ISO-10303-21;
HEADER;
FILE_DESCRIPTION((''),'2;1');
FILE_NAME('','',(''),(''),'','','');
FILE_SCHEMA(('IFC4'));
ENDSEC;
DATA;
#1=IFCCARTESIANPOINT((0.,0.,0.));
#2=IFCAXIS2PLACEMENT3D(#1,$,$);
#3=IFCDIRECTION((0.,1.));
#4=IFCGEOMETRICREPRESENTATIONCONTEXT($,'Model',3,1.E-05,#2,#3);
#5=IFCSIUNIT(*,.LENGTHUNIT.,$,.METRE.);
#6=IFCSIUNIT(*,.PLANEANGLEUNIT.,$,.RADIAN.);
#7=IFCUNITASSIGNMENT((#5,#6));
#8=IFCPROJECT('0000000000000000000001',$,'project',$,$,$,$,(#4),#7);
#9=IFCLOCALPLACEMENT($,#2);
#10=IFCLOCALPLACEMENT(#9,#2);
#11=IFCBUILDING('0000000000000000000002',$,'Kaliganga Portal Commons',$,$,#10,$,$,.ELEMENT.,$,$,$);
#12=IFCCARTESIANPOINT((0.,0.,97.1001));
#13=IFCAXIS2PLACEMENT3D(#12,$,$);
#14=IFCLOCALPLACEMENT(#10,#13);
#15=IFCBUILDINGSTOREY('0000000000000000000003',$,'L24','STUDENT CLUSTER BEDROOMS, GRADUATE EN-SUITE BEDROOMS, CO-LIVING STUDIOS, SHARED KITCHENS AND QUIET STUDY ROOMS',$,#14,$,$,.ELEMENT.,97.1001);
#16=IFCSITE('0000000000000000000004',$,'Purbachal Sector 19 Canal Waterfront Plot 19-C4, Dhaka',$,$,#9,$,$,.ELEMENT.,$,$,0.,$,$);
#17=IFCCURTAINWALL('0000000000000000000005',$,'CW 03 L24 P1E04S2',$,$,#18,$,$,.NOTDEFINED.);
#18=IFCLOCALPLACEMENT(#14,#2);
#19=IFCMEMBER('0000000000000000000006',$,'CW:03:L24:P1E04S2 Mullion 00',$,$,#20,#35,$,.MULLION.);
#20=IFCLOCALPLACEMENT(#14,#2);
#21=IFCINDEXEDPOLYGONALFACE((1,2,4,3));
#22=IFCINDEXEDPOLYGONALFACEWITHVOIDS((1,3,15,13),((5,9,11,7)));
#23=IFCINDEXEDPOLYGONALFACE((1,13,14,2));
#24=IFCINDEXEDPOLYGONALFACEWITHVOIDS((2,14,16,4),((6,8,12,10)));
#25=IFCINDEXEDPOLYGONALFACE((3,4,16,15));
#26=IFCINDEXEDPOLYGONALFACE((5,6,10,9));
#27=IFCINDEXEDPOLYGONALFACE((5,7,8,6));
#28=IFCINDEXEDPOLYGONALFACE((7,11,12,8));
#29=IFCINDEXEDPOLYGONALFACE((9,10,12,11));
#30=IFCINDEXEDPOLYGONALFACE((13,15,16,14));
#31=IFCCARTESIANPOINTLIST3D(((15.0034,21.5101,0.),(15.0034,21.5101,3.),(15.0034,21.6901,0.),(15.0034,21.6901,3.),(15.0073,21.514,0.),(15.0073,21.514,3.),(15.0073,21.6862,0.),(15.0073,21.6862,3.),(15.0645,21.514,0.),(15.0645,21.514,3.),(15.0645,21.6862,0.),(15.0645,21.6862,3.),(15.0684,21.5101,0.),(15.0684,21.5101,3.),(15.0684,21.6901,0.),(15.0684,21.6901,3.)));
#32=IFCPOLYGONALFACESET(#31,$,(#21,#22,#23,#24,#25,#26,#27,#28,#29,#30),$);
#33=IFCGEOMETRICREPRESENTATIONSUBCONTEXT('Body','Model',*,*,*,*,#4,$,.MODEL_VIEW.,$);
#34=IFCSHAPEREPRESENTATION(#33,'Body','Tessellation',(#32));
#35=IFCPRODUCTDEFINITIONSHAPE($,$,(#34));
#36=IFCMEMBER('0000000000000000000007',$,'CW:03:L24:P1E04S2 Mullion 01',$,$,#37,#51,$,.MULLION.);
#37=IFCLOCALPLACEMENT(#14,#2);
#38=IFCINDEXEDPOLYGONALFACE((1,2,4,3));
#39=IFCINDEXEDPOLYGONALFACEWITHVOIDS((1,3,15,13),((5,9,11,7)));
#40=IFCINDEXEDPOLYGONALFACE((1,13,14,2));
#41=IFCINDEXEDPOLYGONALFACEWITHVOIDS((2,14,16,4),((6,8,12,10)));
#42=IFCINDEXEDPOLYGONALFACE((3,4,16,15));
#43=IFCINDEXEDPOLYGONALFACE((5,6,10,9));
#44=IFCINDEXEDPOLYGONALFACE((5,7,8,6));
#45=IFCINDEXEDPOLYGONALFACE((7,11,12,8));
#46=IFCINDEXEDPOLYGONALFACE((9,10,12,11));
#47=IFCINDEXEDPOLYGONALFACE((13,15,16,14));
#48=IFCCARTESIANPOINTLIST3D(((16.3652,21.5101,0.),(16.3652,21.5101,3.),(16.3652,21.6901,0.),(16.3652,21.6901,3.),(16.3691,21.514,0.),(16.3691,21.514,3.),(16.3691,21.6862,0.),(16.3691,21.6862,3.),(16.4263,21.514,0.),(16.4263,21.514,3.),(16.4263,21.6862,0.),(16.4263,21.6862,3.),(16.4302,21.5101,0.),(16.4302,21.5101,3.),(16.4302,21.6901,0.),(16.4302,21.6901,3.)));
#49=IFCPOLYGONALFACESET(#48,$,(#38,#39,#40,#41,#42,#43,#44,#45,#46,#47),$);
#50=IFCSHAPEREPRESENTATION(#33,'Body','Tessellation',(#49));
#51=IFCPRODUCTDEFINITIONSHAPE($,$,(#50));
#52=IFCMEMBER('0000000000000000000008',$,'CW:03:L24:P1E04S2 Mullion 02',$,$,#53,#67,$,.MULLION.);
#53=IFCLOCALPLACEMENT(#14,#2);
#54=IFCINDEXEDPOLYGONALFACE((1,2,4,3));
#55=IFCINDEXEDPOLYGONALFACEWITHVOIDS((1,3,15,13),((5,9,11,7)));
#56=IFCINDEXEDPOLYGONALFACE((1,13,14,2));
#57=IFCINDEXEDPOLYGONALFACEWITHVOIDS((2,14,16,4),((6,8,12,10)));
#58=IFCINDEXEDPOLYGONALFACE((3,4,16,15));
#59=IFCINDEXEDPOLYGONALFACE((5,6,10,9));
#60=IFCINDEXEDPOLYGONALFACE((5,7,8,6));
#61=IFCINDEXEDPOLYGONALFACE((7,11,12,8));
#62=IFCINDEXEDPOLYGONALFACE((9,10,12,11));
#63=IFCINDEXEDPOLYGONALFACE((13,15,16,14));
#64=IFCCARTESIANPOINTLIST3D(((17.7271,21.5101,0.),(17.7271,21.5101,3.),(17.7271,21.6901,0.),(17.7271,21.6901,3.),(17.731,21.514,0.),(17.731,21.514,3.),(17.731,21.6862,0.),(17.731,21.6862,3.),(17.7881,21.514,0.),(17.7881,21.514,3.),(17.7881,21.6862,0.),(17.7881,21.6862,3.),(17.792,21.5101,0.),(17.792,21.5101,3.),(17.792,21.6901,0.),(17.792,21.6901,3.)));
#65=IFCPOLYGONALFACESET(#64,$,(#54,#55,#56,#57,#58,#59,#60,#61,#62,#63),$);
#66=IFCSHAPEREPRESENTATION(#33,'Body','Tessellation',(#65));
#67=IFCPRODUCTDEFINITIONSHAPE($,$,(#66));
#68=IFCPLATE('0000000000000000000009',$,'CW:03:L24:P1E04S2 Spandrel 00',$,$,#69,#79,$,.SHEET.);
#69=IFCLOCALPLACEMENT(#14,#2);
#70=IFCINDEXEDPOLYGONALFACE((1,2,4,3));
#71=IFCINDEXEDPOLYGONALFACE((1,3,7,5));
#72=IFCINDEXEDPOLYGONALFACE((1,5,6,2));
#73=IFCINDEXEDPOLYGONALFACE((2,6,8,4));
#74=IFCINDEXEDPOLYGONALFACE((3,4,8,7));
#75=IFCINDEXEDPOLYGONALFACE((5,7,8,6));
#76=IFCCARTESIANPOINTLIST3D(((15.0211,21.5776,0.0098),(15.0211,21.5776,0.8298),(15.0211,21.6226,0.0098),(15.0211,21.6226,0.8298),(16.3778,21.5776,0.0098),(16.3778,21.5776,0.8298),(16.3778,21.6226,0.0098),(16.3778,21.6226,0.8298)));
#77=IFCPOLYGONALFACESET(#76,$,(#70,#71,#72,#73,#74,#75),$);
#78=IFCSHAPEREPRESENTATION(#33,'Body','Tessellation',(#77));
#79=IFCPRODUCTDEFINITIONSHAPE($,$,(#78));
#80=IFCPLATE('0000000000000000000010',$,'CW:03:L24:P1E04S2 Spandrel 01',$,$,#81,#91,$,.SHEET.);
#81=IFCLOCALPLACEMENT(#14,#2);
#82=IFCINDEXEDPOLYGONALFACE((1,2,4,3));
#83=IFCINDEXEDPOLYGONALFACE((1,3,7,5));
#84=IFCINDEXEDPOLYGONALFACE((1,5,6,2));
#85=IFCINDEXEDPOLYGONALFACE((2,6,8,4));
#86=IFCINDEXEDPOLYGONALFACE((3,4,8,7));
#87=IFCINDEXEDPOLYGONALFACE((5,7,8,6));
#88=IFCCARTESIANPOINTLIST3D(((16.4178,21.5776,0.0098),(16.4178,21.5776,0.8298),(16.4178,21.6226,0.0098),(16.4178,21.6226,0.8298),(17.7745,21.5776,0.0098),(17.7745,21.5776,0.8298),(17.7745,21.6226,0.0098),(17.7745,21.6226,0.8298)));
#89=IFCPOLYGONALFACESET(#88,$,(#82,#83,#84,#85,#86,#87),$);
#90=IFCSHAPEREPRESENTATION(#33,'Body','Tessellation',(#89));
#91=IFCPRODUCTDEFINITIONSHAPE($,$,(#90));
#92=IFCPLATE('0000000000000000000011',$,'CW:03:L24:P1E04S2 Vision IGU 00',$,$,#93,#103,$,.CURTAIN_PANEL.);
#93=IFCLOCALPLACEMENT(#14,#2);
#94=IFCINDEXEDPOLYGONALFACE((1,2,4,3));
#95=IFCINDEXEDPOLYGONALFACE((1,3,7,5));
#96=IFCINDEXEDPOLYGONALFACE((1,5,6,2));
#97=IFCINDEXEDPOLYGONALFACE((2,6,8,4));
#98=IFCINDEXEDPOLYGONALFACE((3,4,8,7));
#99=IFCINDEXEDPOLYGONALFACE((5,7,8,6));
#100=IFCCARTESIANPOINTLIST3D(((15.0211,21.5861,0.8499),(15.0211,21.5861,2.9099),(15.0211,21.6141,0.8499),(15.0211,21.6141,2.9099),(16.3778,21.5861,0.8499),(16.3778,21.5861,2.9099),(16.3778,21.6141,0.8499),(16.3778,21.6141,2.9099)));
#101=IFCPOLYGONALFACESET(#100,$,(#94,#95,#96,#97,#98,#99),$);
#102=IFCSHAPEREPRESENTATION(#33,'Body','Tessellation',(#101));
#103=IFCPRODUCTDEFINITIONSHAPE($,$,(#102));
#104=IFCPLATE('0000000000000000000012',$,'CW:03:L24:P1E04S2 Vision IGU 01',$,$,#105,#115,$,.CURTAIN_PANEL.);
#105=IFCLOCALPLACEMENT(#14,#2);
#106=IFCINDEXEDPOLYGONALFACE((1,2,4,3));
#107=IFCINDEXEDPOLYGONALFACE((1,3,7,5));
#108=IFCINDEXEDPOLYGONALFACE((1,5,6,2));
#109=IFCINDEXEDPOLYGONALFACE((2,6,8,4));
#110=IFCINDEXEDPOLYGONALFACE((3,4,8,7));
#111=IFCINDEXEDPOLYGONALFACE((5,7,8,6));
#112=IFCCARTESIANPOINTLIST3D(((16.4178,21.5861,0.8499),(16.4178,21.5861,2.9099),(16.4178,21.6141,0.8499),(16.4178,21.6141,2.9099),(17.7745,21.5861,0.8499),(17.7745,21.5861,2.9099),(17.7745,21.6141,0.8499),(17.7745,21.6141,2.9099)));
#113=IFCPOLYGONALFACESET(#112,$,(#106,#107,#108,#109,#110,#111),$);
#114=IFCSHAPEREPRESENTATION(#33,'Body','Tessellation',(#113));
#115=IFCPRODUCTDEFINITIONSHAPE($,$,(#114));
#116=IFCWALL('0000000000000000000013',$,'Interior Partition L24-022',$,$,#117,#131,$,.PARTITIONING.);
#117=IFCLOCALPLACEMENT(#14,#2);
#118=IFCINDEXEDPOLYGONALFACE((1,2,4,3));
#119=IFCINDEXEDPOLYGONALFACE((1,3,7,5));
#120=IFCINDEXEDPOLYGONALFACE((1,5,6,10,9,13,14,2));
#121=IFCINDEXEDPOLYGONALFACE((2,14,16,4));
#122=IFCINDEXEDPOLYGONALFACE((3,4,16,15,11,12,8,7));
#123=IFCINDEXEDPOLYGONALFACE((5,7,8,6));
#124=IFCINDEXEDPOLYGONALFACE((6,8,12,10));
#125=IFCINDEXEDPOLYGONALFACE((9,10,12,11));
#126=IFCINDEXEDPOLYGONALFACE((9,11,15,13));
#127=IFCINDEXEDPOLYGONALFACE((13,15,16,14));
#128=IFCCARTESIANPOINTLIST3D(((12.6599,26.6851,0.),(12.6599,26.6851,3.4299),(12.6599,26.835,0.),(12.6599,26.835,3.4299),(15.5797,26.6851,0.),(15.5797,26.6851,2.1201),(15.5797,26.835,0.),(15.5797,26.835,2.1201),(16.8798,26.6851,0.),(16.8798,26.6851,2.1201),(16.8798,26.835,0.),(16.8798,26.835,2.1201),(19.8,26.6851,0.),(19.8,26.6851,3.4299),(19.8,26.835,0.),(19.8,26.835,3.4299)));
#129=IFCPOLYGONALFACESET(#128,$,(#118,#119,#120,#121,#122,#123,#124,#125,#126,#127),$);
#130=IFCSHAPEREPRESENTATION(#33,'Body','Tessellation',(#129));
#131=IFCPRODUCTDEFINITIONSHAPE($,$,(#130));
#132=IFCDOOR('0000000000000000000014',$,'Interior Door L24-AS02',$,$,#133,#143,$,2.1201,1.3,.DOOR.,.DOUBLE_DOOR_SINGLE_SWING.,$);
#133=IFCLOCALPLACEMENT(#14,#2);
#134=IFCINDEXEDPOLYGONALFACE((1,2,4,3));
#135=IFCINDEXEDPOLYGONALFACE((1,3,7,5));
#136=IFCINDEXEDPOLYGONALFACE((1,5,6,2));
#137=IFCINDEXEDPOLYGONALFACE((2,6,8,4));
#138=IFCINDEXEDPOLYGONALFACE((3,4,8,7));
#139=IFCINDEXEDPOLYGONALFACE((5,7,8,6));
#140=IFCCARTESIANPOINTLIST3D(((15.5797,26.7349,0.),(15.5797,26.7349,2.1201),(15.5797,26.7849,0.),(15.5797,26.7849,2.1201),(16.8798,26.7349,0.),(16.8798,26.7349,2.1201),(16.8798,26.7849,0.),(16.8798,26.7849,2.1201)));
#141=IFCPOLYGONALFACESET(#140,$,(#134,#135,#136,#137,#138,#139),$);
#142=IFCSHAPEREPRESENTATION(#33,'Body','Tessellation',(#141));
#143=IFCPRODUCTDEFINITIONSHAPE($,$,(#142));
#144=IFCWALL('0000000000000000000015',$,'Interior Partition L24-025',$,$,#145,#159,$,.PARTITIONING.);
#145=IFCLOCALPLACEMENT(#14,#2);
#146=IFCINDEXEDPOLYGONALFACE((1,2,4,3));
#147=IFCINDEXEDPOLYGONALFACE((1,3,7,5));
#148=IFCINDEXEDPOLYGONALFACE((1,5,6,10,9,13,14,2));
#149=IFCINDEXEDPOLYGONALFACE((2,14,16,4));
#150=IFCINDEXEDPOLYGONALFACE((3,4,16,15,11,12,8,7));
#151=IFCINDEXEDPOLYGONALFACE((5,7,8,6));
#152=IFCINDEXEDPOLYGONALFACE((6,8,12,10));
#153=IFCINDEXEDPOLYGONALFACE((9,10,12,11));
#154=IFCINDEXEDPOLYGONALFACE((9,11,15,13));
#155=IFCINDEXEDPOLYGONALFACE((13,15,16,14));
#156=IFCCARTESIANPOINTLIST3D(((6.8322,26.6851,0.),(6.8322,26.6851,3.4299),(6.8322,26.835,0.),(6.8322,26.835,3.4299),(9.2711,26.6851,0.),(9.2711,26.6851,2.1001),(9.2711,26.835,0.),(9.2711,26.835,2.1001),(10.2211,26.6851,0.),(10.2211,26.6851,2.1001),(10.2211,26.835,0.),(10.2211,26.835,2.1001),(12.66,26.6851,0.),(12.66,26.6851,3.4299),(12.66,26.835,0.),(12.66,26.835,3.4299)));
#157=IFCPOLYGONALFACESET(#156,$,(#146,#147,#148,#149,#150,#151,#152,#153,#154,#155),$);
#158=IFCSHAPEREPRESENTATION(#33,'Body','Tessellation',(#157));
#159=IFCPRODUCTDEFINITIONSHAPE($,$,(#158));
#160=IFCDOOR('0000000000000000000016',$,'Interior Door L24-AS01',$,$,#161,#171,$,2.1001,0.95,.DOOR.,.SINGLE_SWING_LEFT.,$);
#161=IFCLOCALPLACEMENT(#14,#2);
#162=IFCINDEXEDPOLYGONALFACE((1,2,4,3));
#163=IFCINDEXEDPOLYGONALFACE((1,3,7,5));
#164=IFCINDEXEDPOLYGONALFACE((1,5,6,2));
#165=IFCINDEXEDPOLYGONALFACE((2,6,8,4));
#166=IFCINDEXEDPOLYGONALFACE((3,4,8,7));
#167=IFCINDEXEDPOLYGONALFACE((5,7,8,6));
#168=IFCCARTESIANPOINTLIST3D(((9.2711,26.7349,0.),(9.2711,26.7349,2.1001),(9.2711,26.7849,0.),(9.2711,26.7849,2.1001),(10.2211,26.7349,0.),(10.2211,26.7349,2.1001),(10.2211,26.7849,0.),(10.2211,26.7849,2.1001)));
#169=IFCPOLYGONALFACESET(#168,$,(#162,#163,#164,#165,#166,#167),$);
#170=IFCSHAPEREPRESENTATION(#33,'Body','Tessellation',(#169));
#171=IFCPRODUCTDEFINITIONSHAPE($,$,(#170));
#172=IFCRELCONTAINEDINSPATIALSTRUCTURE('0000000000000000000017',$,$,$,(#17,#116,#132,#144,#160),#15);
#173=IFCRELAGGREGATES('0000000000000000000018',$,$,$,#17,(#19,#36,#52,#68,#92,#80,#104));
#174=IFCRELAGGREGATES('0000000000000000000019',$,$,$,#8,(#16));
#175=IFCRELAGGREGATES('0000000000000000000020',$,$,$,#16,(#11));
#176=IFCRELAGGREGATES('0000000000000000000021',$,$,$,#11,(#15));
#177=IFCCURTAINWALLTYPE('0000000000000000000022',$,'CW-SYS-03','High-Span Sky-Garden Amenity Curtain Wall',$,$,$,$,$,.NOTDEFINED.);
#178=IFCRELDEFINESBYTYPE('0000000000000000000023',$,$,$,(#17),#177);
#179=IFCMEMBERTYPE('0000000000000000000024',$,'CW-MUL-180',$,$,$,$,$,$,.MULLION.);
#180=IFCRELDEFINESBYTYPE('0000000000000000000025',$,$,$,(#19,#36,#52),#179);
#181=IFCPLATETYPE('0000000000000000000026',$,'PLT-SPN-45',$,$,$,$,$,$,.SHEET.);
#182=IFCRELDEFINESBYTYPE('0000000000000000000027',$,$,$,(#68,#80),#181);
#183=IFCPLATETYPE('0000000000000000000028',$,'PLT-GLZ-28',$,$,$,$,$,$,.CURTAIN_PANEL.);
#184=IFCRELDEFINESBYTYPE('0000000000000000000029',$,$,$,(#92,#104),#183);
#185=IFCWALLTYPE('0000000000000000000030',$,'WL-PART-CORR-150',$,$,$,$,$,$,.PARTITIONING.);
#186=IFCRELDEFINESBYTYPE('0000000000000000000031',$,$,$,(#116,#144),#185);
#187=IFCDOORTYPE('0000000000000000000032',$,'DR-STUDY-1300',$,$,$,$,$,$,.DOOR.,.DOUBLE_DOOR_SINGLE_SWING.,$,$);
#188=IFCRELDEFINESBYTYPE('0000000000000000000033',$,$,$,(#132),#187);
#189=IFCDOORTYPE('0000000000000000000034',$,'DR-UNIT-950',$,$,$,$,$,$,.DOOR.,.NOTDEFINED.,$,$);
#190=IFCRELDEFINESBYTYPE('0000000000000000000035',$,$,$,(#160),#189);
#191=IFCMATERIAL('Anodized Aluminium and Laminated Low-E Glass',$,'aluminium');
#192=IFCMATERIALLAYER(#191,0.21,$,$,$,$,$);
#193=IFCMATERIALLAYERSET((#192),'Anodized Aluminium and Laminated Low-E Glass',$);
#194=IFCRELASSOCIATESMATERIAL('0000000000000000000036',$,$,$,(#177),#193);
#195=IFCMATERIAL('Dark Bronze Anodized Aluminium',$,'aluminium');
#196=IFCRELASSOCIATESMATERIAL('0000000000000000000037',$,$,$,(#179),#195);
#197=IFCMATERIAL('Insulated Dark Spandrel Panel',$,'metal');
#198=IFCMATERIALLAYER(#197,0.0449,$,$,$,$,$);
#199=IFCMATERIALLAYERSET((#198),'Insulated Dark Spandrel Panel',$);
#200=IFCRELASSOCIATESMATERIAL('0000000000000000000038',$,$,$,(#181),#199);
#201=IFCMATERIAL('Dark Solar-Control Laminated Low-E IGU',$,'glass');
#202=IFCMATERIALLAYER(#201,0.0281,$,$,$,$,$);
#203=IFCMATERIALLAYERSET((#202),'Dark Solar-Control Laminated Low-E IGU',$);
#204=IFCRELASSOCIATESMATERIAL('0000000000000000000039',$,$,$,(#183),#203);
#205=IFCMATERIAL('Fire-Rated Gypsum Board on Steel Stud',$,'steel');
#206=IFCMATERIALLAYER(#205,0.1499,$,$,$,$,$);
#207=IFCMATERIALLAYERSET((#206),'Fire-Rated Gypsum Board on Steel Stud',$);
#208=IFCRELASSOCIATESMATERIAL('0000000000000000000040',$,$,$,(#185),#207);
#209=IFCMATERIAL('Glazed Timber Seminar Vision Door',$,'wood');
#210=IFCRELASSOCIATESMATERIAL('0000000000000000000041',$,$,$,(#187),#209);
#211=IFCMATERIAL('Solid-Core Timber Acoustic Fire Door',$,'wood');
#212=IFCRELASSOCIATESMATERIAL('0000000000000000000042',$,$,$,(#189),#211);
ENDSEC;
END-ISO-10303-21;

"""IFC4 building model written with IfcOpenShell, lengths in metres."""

from ifc_helpers import new_model, si_unit, direction, frame, frame_2d, origin, origin_2d, place, context, subcontext, project, spatial, rectangle, hollow_rectangle, extrude, source, transform, mapped, material, layer, layer_set, material_profile, profile_set, type_object, element, fill, aggregate, save


model = new_model("IFC4")

# Units and contexts
model_context = context("Model", 3, precision=1e-05, world=origin(), true_north=direction((0.0, 1.0)))
body_context = subcontext(model_context, "Body", "Model", "MODEL_VIEW")
ifc_project = project(units=[si_unit("LENGTHUNIT", "METRE"), si_unit("PLANEANGLEUNIT", "RADIAN")], contexts=[model_context])

# Site, building, storey
site_placement = place(None, origin())
site = spatial("IfcSite", under=ifc_project, at=site_placement, Name="Purbachal Sector 19 Canal Waterfront Plot 19-C4, Dhaka", CompositionType="ELEMENT", RefElevation=0.0)
building_placement = place(site_placement, origin())
building = spatial("IfcBuilding", under=site, at=building_placement, Name="Kaliganga Portal Commons", CompositionType="ELEMENT")
storey_placement = place(building_placement, frame((0.0, 0.0, 97.1001)))
storey = spatial("IfcBuildingStorey", under=building, at=storey_placement, Name="L24", Description="STUDENT CLUSTER BEDROOMS, GRADUATE EN-SUITE BEDROOMS, CO-LIVING STUDIOS, SHARED KITCHENS AND QUIET STUDY ROOMS", CompositionType="ELEMENT", Elevation=97.1001)

# Shared definitions
ifc_material_1 = material(Name="Anodized Aluminium and Laminated Low-E Glass", Category="aluminium")
ifc_layer_1 = layer(ifc_material_1, 0.21)
ifc_layer_set_1 = layer_set([ifc_layer_1], Name="Anodized Aluminium and Laminated Low-E Glass")
curtain_wall_type = type_object("IfcCurtainWallType", Name="CW-SYS-03", Description="High-Span Sky-Garden Amenity Curtain Wall", PredefinedType="NOTDEFINED", material=ifc_layer_set_1)
ifc_material_2 = material(Name="Dark Bronze Anodized Aluminium", Category="aluminium")
ifc_material_profile_1 = material_profile(ifc_material_2, hollow_rectangle(XDim=0.0649, YDim=0.1799, WallThickness=0.0039, at=origin_2d()), Name="ALU MULL 65x180x4")
ifc_profile_set_1 = profile_set([ifc_material_profile_1], Name="Dark Bronze Anodized Aluminium")
member_type_1 = type_object("IfcMemberType", Name="CW-MUL-180", PredefinedType="MULLION", material=ifc_profile_set_1)

# Curtain wall, members, plates
curtain_wall_1_placement = place(storey_placement, origin())
curtain_wall_1 = element("IfcCurtainWall", 1, at=curtain_wall_1_placement, inside=storey, type_object=curtain_wall_type, Name="CW 03 L24 P1E04S2", PredefinedType="NOTDEFINED")
shared_shape_1 = source(origin(), body_context, "Body", "SweptSolid", [
    extrude(hollow_rectangle(XDim=0.0649, YDim=0.1799, WallThickness=0.0039, at=origin_2d()), origin(), (0.0, 0.0, 1.0), 3.0),
])
member_1_placement = place(storey_placement, frame((15.0359, 21.6001, 0.0), z_axis=(0.0, 0.0, 1.0), x_axis=(1.0, 0.0, 0.0)))
member_1 = element("IfcMember", 2, at=member_1_placement, type_object=member_type_1, Name="CW:03:L24:P1E04S2 Mullion 00", PredefinedType="MULLION", context=body_context, shape_type="MappedRepresentation", body=[
    mapped(shared_shape_1, transform((0.0, 0.0, 0.0), x_axis=(1.0, 0.0, 0.0), y_axis=(0.0, 1.0, 0.0), z_axis=(0.0, 0.0, 1.0), scale=1.0)),
])
member_2_placement = place(storey_placement, frame((16.3977, 21.6001, 0.0), z_axis=(0.0, 0.0, 1.0), x_axis=(1.0, 0.0, 0.0)))
member_2 = element("IfcMember", 3, at=member_2_placement, type_object=member_type_1, Name="CW:03:L24:P1E04S2 Mullion 01", PredefinedType="MULLION", context=body_context, shape_type="MappedRepresentation", body=[
    mapped(shared_shape_1, transform((0.0, 0.0, 0.0), x_axis=(1.0, 0.0, 0.0), y_axis=(0.0, 1.0, 0.0), z_axis=(0.0, 0.0, 1.0), scale=1.0)),
])
member_3_placement = place(storey_placement, frame((17.7595, 21.6001, 0.0), z_axis=(0.0, 0.0, 1.0), x_axis=(1.0, 0.0, 0.0)))
member_3 = element("IfcMember", 4, at=member_3_placement, type_object=member_type_1, Name="CW:03:L24:P1E04S2 Mullion 02", PredefinedType="MULLION", context=body_context, shape_type="MappedRepresentation", body=[
    mapped(shared_shape_1, transform((0.0, 0.0, 0.0), x_axis=(1.0, 0.0, 0.0), y_axis=(0.0, 1.0, 0.0), z_axis=(0.0, 0.0, 1.0), scale=1.0)),
])
ifc_material_3 = material(Name="Insulated Dark Spandrel Panel", Category="metal")
ifc_layer_2 = layer(ifc_material_3, 0.0449)
ifc_layer_set_2 = layer_set([ifc_layer_2], Name="Insulated Dark Spandrel Panel")
plate_type_1 = type_object("IfcPlateType", Name="PLT-SPN-45", PredefinedType="SHEET", material=ifc_layer_set_2)
shared_shape_2 = source(origin(), body_context, "Body", "SweptSolid", [
    extrude(rectangle(XDim=1.3567, YDim=0.0449, at=origin_2d()), origin(), (0.0, 0.0, 1.0), 0.8201),
])
plate_1_placement = place(storey_placement, frame((15.6995, 21.6001, 0.0098), z_axis=(0.0, 0.0, 1.0), x_axis=(1.0, 0.0, 0.0)))
plate_1 = element("IfcPlate", 5, at=plate_1_placement, type_object=plate_type_1, Name="CW:03:L24:P1E04S2 Spandrel 00", PredefinedType="SHEET", context=body_context, shape_type="MappedRepresentation", body=[
    mapped(shared_shape_2, transform((0.0, 0.0, 0.0), x_axis=(1.0, 0.0, 0.0), y_axis=(0.0, 1.0, 0.0), z_axis=(0.0, 0.0, 1.0), scale=1.0)),
])
plate_2_placement = place(storey_placement, frame((17.0962, 21.6001, 0.0098), z_axis=(0.0, 0.0, 1.0), x_axis=(1.0, 0.0, 0.0)))
plate_2 = element("IfcPlate", 6, at=plate_2_placement, type_object=plate_type_1, Name="CW:03:L24:P1E04S2 Spandrel 01", PredefinedType="SHEET", context=body_context, shape_type="MappedRepresentation", body=[
    mapped(shared_shape_2, transform((0.0, 0.0, 0.0), x_axis=(1.0, 0.0, 0.0), y_axis=(0.0, 1.0, 0.0), z_axis=(0.0, 0.0, 1.0), scale=1.0)),
])
ifc_material_4 = material(Name="Dark Solar-Control Laminated Low-E IGU", Category="glass")
ifc_layer_3 = layer(ifc_material_4, 0.0281)
ifc_layer_set_3 = layer_set([ifc_layer_3], Name="Dark Solar-Control Laminated Low-E IGU")
plate_type_2 = type_object("IfcPlateType", Name="PLT-GLZ-28", PredefinedType="CURTAIN_PANEL", material=ifc_layer_set_3)
shared_shape_3 = source(origin(), body_context, "Body", "SweptSolid", [
    extrude(rectangle(XDim=1.3567, YDim=0.0281, at=origin_2d()), origin(), (0.0, 0.0, 1.0), 2.0601),
])
plate_3_placement = place(storey_placement, frame((15.6995, 21.6001, 0.8499), z_axis=(0.0, 0.0, 1.0), x_axis=(1.0, 0.0, 0.0)))
plate_3 = element("IfcPlate", 7, at=plate_3_placement, type_object=plate_type_2, Name="CW:03:L24:P1E04S2 Vision IGU 00", PredefinedType="CURTAIN_PANEL", context=body_context, shape_type="MappedRepresentation", body=[
    mapped(shared_shape_3, transform((0.0, 0.0, 0.0), x_axis=(1.0, 0.0, 0.0), y_axis=(0.0, 1.0, 0.0), z_axis=(0.0, 0.0, 1.0), scale=1.0)),
])
plate_4_placement = place(storey_placement, frame((17.0962, 21.6001, 0.8499), z_axis=(0.0, 0.0, 1.0), x_axis=(1.0, 0.0, 0.0)))
plate_4 = element("IfcPlate", 8, at=plate_4_placement, type_object=plate_type_2, Name="CW:03:L24:P1E04S2 Vision IGU 01", PredefinedType="CURTAIN_PANEL", context=body_context, shape_type="MappedRepresentation", body=[
    mapped(shared_shape_3, transform((0.0, 0.0, 0.0), x_axis=(1.0, 0.0, 0.0), y_axis=(0.0, 1.0, 0.0), z_axis=(0.0, 0.0, 1.0), scale=1.0)),
])
aggregate(curtain_wall_1, [member_1, member_2, member_3, plate_1, plate_3, plate_2, plate_4])

# Walls, openings, doors
ifc_material_5 = material(Name="Fire-Rated Gypsum Board on Steel Stud", Category="steel")
ifc_layer_4 = layer(ifc_material_5, 0.1499)
ifc_layer_set_4 = layer_set([ifc_layer_4], Name="Fire-Rated Gypsum Board on Steel Stud")
wall_type_1 = type_object("IfcWallType", Name="WL-PART-CORR-150", PredefinedType="PARTITIONING", material=ifc_layer_set_4)
wall_1_placement = place(storey_placement, frame((12.6599, 26.76, 0.0), z_axis=(0.0, 0.0, 1.0), x_axis=(1.0, 0.0, 0.0)))
wall_1 = element("IfcWall", 9, at=wall_1_placement, inside=storey, type_object=wall_type_1, Name="Interior Partition L24-022", PredefinedType="PARTITIONING", context=body_context, shape_type="SweptSolid", body=[
    extrude(rectangle(XDim=7.1401, YDim=0.1499, at=frame_2d((3.5701, 0.0))), origin(), (0.0, 0.0, 1.0), 3.4299),
])
opening_1_placement = place(wall_1_placement, frame((2.9199, 0.0, 0.0)))
opening_1 = element("IfcOpeningElement", 10, at=opening_1_placement, cuts=wall_1, PredefinedType="OPENING", context=body_context, shape_type="SweptSolid", body=[
    extrude(rectangle(XDim=1.3, YDim=2.1201, at=frame_2d((0.6499, 1.0601))), frame((0.0, 0.085, 0.0), z_axis=(0.0, -1.0, 0.0), x_axis=(1.0, 0.0, 0.0)), (0.0, 0.0, 1.0), 0.1699),
])
ifc_material_6 = material(Name="Glazed Timber Seminar Vision Door", Category="wood")
door_type_1 = type_object("IfcDoorType", Name="DR-STUDY-1300", OperationType="DOUBLE_DOOR_SINGLE_SWING", PredefinedType="DOOR", material=ifc_material_6)
door_1_placement = place(opening_1_placement, origin())
door_1 = element("IfcDoor", 11, at=door_1_placement, inside=storey, type_object=door_type_1, Name="Interior Door L24-AS02", OperationType="DOUBLE_DOOR_SINGLE_SWING", OverallHeight=2.1201, OverallWidth=1.3, PredefinedType="DOOR", context=body_context, shape_type="SweptSolid", body=[
    extrude(rectangle(XDim=1.3, YDim=2.1201, at=frame_2d((0.6499, 1.0601))), frame((0.0, 0.0249, 0.0), z_axis=(0.0, -1.0, 0.0), x_axis=(1.0, 0.0, 0.0)), (0.0, 0.0, 1.0), 0.05),
])
fill(opening_1, door_1)
wall_2_placement = place(storey_placement, frame((6.832, 26.76, 0.0), z_axis=(0.0, 0.0, 1.0), x_axis=(1.0, 0.0, 0.0)))
wall_2 = element("IfcWall", 12, at=wall_2_placement, inside=storey, type_object=wall_type_1, Name="Interior Partition L24-025", PredefinedType="PARTITIONING", context=body_context, shape_type="SweptSolid", body=[
    extrude(rectangle(XDim=5.8279, YDim=0.1499, at=frame_2d((2.9141, 0.0))), origin(), (0.0, 0.0, 1.0), 3.4299),
])
opening_2_placement = place(wall_2_placement, frame((2.439, 0.0, 0.0)))
opening_2 = element("IfcOpeningElement", 13, at=opening_2_placement, cuts=wall_2, PredefinedType="OPENING", context=body_context, shape_type="SweptSolid", body=[
    extrude(rectangle(XDim=0.95, YDim=2.1001, at=frame_2d((0.4751, 1.05))), frame((0.0, 0.085, 0.0), z_axis=(0.0, -1.0, 0.0), x_axis=(1.0, 0.0, 0.0)), (0.0, 0.0, 1.0), 0.1699),
])
ifc_material_7 = material(Name="Solid-Core Timber Acoustic Fire Door", Category="wood")
door_type_2 = type_object("IfcDoorType", Name="DR-UNIT-950", OperationType="NOTDEFINED", PredefinedType="DOOR", material=ifc_material_7)
door_2_placement = place(opening_2_placement, origin())
door_2 = element("IfcDoor", 14, at=door_2_placement, inside=storey, type_object=door_type_2, Name="Interior Door L24-AS01", OperationType="SINGLE_SWING_LEFT", OverallHeight=2.1001, OverallWidth=0.95, PredefinedType="DOOR", context=body_context, shape_type="SweptSolid", body=[
    extrude(rectangle(XDim=0.95, YDim=2.1001, at=frame_2d((0.4751, 1.05))), frame((0.0, 0.0249, 0.0), z_axis=(0.0, -1.0, 0.0), x_axis=(1.0, 0.0, 0.0)), (0.0, 0.0, 1.0), 0.05),
])
fill(opening_2, door_2)

save(model, "model.ifc")
